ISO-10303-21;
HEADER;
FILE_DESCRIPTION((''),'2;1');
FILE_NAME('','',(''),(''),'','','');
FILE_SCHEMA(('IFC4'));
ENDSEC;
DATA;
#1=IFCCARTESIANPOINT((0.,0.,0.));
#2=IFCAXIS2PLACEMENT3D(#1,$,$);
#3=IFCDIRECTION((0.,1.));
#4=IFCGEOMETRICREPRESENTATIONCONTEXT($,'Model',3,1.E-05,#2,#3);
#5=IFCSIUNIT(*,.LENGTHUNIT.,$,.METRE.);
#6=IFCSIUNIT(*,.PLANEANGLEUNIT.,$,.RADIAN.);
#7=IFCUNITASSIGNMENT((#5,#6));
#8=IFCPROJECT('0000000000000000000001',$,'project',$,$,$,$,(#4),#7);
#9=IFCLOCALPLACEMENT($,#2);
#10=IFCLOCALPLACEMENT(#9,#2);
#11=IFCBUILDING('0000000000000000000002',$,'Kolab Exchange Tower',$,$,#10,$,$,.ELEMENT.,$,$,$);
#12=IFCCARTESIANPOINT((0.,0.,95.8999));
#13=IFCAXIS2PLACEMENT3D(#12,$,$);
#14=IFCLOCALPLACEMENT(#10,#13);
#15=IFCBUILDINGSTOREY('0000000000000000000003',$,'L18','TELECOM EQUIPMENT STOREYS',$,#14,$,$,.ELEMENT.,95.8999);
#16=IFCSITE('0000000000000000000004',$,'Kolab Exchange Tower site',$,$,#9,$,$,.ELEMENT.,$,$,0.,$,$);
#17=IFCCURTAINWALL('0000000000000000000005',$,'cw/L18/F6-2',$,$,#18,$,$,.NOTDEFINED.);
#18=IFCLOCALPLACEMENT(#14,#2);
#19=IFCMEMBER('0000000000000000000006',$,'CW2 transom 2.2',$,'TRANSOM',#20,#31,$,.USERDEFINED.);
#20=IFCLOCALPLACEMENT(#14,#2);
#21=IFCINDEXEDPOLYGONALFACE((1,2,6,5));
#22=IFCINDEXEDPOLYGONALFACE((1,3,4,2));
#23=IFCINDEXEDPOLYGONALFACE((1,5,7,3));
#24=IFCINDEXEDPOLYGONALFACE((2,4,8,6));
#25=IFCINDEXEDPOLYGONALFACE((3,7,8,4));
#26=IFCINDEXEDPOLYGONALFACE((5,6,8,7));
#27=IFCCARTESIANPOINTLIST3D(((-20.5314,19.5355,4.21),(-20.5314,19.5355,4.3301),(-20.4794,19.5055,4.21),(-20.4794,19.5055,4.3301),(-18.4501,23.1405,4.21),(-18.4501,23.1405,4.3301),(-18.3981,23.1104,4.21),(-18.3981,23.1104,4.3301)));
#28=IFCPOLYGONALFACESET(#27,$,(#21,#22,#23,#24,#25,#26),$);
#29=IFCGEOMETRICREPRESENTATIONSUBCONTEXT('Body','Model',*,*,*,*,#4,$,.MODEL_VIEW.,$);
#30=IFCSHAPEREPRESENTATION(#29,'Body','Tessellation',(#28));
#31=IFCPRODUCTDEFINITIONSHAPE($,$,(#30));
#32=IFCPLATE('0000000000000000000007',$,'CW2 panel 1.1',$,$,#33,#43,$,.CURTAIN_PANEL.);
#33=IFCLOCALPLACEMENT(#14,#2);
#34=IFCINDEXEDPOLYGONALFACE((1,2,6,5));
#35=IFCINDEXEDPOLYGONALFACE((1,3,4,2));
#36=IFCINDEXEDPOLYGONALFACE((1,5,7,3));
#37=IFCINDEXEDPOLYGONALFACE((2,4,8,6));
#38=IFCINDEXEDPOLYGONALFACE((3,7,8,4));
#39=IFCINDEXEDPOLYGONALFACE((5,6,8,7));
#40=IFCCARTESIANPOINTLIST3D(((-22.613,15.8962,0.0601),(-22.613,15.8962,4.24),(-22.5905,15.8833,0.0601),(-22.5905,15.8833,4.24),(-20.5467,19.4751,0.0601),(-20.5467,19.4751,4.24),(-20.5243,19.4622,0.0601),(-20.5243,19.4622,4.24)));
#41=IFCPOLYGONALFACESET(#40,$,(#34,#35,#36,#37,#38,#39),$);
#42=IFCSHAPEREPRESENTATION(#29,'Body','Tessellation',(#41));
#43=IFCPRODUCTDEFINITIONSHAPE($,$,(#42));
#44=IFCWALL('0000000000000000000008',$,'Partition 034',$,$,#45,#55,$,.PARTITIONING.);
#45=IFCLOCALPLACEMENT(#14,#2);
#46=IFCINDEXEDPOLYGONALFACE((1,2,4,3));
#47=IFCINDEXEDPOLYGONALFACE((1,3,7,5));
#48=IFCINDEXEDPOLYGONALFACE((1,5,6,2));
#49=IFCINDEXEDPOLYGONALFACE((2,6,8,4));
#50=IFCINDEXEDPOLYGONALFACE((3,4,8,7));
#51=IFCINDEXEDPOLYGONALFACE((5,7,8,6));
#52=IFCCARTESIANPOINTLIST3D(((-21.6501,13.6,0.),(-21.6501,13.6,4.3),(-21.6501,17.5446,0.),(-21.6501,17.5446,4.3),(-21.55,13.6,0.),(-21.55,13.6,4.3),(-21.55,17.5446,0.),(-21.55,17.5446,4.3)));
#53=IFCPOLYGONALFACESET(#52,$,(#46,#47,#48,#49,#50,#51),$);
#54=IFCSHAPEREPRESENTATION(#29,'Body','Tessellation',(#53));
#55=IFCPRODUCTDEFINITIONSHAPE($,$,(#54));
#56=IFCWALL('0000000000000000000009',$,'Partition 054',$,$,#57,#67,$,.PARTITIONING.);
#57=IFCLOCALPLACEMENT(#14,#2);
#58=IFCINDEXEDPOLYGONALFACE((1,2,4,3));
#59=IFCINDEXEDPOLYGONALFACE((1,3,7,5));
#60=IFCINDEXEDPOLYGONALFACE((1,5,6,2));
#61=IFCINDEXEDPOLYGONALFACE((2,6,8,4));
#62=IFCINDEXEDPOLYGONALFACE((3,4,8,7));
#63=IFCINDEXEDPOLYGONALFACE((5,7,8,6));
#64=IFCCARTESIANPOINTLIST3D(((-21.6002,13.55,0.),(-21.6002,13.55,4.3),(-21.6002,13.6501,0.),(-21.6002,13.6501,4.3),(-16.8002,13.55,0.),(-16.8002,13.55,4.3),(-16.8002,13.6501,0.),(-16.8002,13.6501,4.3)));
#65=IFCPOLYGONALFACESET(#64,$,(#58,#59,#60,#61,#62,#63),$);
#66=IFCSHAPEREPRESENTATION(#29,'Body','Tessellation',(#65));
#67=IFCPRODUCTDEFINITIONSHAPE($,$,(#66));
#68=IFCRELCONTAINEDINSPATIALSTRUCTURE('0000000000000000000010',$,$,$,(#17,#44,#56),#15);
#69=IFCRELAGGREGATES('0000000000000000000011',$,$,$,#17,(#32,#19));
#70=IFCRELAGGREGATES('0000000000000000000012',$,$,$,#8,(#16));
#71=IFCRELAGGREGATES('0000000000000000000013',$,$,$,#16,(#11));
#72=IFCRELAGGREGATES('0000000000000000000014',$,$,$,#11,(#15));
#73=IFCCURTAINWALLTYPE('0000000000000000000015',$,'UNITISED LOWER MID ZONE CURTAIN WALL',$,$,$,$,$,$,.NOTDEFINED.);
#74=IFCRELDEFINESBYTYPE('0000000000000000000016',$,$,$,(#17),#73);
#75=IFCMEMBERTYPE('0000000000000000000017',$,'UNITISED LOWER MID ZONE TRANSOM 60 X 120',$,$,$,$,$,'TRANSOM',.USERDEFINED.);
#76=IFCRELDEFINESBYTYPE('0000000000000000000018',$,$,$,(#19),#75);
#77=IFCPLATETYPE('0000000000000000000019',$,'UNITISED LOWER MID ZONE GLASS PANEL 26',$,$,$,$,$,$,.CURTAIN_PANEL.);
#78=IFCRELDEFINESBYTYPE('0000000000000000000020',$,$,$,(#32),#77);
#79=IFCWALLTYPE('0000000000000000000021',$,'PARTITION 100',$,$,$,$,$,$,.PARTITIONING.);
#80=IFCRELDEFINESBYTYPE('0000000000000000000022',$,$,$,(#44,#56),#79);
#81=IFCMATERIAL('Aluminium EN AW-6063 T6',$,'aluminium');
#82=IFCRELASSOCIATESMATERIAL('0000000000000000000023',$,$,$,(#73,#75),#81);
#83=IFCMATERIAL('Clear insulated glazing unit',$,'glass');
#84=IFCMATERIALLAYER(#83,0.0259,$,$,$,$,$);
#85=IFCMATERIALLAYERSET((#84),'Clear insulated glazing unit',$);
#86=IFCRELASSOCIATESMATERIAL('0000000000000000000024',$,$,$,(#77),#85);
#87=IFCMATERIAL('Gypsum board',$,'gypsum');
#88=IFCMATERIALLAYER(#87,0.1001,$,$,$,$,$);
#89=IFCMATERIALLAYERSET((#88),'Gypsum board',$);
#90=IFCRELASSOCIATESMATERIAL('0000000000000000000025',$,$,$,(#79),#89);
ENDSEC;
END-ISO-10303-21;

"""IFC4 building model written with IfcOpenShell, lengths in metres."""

from ifc_helpers import new_model, si_unit, direction, frame, frame_2d, origin, origin_2d, place, context, subcontext, project, spatial, rectangle, extrude, material, layer, layer_set, material_profile, profile_set, type_object, element, aggregate, save


model = new_model("IFC4")

# Units and contexts
model_context = context("Model", 3, precision=1e-05, world=origin(), true_north=direction((0.0, 1.0)))
body_context = subcontext(model_context, "Body", "Model", "MODEL_VIEW")
ifc_project = project(units=[si_unit("LENGTHUNIT", "METRE"), si_unit("PLANEANGLEUNIT", "RADIAN")], contexts=[model_context])

# Site, building, storey
site_placement = place(None, origin())
site = spatial("IfcSite", under=ifc_project, at=site_placement, Name="Kolab Exchange Tower site", CompositionType="ELEMENT", RefElevation=0.0)
building_placement = place(site_placement, origin())
building = spatial("IfcBuilding", under=site, at=building_placement, Name="Kolab Exchange Tower", CompositionType="ELEMENT")
storey_placement = place(building_placement, frame((0.0, 0.0, 95.8999)))
storey = spatial("IfcBuildingStorey", under=building, at=storey_placement, Name="L18", Description="TELECOM EQUIPMENT STOREYS", CompositionType="ELEMENT", Elevation=95.8999)

# Shared definitions
ifc_material_1 = material(Name="Aluminium EN AW-6063 T6", Category="aluminium")
curtain_wall_type = type_object("IfcCurtainWallType", Name="UNITISED LOWER MID ZONE CURTAIN WALL", PredefinedType="NOTDEFINED", material=ifc_material_1)

# Curtain wall, member, plate
curtain_wall_1_placement = place(storey_placement, origin())
curtain_wall_1 = element("IfcCurtainWall", 1, at=curtain_wall_1_placement, inside=storey, type_object=curtain_wall_type, Name="cw/L18/F6-2", PredefinedType="NOTDEFINED")
ifc_material_profile_1 = material_profile(ifc_material_1, rectangle(XDim=0.0601, YDim=0.1201, at=origin_2d()), Name="RECT 60X120")
ifc_profile_set_1 = profile_set([ifc_material_profile_1], Name="Aluminium EN AW-6063 T6")
member_type_1 = type_object("IfcMemberType", Name="UNITISED LOWER MID ZONE TRANSOM 60 X 120", ElementType="TRANSOM", PredefinedType="USERDEFINED", material=ifc_profile_set_1)
member_1_placement = place(storey_placement, frame((-20.5054, 19.5205, 4.27), z_axis=(0.499993, 0.866029, 0.0), x_axis=(-0.866029, 0.499993, 0.0)))
member_1 = element("IfcMember", 2, at=member_1_placement, type_object=member_type_1, Name="CW2 transom 2.2", ObjectType="TRANSOM", PredefinedType="USERDEFINED", context=body_context, shape_type="SweptSolid", body=[
    extrude(rectangle(XDim=0.0601, YDim=0.1201, at=origin_2d()), origin(), (0.0, 0.0, 1.0), 4.1626),
])
ifc_material_2 = material(Name="Clear insulated glazing unit", Category="glass")
ifc_layer_1 = layer(ifc_material_2, 0.0259)
ifc_layer_set_1 = layer_set([ifc_layer_1], Name="Clear insulated glazing unit")
plate_type = type_object("IfcPlateType", Name="UNITISED LOWER MID ZONE GLASS PANEL 26", PredefinedType="CURTAIN_PANEL", material=ifc_layer_set_1)
plate_placement = place(storey_placement, frame((-21.5686, 17.6792, 0.0601), z_axis=(0.0, 0.0, 1.0), x_axis=(0.5, 0.866025, 0.0)))
plate = element("IfcPlate", 3, at=plate_placement, type_object=plate_type, Name="CW2 panel 1.1", PredefinedType="CURTAIN_PANEL", context=body_context, shape_type="SweptSolid", body=[
    extrude(rectangle(XDim=4.1326, YDim=0.0259, at=origin_2d()), origin(), (0.0, 0.0, 1.0), 4.1799),
])
aggregate(curtain_wall_1, [plate, member_1])

# Walls
ifc_material_3 = material(Name="Gypsum board", Category="gypsum")
ifc_layer_2 = layer(ifc_material_3, 0.1001)
ifc_layer_set_2 = layer_set([ifc_layer_2], Name="Gypsum board")
wall_type_1 = type_object("IfcWallType", Name="PARTITION 100", PredefinedType="PARTITIONING", material=ifc_layer_set_2)
wall_1_placement = place(storey_placement, frame((-21.6001, 13.6001, 0.0), z_axis=(0.0, 0.0, 1.0), x_axis=(0.0, 1.0, 0.0)))
element("IfcWall", 4, at=wall_1_placement, inside=storey, type_object=wall_type_1, Name="Partition 034", PredefinedType="PARTITIONING", context=body_context, shape_type="SweptSolid", body=[
    extrude(rectangle(XDim=3.9446, YDim=0.1001, at=frame_2d((1.9722, 0.0))), origin(), (0.0, 0.0, 1.0), 4.3),
])
wall_2_placement = place(storey_placement, frame((-21.6001, 13.6001, 0.0), z_axis=(0.0, 0.0, 1.0), x_axis=(1.0, 0.0, 0.0)))
element("IfcWall", 5, at=wall_2_placement, inside=storey, type_object=wall_type_1, Name="Partition 054", PredefinedType="PARTITIONING", context=body_context, shape_type="SweptSolid", body=[
    extrude(rectangle(XDim=4.8, YDim=0.1001, at=frame_2d((2.3999, 0.0))), origin(), (0.0, 0.0, 1.0), 4.3),
])

save(model, "model.ifc")
